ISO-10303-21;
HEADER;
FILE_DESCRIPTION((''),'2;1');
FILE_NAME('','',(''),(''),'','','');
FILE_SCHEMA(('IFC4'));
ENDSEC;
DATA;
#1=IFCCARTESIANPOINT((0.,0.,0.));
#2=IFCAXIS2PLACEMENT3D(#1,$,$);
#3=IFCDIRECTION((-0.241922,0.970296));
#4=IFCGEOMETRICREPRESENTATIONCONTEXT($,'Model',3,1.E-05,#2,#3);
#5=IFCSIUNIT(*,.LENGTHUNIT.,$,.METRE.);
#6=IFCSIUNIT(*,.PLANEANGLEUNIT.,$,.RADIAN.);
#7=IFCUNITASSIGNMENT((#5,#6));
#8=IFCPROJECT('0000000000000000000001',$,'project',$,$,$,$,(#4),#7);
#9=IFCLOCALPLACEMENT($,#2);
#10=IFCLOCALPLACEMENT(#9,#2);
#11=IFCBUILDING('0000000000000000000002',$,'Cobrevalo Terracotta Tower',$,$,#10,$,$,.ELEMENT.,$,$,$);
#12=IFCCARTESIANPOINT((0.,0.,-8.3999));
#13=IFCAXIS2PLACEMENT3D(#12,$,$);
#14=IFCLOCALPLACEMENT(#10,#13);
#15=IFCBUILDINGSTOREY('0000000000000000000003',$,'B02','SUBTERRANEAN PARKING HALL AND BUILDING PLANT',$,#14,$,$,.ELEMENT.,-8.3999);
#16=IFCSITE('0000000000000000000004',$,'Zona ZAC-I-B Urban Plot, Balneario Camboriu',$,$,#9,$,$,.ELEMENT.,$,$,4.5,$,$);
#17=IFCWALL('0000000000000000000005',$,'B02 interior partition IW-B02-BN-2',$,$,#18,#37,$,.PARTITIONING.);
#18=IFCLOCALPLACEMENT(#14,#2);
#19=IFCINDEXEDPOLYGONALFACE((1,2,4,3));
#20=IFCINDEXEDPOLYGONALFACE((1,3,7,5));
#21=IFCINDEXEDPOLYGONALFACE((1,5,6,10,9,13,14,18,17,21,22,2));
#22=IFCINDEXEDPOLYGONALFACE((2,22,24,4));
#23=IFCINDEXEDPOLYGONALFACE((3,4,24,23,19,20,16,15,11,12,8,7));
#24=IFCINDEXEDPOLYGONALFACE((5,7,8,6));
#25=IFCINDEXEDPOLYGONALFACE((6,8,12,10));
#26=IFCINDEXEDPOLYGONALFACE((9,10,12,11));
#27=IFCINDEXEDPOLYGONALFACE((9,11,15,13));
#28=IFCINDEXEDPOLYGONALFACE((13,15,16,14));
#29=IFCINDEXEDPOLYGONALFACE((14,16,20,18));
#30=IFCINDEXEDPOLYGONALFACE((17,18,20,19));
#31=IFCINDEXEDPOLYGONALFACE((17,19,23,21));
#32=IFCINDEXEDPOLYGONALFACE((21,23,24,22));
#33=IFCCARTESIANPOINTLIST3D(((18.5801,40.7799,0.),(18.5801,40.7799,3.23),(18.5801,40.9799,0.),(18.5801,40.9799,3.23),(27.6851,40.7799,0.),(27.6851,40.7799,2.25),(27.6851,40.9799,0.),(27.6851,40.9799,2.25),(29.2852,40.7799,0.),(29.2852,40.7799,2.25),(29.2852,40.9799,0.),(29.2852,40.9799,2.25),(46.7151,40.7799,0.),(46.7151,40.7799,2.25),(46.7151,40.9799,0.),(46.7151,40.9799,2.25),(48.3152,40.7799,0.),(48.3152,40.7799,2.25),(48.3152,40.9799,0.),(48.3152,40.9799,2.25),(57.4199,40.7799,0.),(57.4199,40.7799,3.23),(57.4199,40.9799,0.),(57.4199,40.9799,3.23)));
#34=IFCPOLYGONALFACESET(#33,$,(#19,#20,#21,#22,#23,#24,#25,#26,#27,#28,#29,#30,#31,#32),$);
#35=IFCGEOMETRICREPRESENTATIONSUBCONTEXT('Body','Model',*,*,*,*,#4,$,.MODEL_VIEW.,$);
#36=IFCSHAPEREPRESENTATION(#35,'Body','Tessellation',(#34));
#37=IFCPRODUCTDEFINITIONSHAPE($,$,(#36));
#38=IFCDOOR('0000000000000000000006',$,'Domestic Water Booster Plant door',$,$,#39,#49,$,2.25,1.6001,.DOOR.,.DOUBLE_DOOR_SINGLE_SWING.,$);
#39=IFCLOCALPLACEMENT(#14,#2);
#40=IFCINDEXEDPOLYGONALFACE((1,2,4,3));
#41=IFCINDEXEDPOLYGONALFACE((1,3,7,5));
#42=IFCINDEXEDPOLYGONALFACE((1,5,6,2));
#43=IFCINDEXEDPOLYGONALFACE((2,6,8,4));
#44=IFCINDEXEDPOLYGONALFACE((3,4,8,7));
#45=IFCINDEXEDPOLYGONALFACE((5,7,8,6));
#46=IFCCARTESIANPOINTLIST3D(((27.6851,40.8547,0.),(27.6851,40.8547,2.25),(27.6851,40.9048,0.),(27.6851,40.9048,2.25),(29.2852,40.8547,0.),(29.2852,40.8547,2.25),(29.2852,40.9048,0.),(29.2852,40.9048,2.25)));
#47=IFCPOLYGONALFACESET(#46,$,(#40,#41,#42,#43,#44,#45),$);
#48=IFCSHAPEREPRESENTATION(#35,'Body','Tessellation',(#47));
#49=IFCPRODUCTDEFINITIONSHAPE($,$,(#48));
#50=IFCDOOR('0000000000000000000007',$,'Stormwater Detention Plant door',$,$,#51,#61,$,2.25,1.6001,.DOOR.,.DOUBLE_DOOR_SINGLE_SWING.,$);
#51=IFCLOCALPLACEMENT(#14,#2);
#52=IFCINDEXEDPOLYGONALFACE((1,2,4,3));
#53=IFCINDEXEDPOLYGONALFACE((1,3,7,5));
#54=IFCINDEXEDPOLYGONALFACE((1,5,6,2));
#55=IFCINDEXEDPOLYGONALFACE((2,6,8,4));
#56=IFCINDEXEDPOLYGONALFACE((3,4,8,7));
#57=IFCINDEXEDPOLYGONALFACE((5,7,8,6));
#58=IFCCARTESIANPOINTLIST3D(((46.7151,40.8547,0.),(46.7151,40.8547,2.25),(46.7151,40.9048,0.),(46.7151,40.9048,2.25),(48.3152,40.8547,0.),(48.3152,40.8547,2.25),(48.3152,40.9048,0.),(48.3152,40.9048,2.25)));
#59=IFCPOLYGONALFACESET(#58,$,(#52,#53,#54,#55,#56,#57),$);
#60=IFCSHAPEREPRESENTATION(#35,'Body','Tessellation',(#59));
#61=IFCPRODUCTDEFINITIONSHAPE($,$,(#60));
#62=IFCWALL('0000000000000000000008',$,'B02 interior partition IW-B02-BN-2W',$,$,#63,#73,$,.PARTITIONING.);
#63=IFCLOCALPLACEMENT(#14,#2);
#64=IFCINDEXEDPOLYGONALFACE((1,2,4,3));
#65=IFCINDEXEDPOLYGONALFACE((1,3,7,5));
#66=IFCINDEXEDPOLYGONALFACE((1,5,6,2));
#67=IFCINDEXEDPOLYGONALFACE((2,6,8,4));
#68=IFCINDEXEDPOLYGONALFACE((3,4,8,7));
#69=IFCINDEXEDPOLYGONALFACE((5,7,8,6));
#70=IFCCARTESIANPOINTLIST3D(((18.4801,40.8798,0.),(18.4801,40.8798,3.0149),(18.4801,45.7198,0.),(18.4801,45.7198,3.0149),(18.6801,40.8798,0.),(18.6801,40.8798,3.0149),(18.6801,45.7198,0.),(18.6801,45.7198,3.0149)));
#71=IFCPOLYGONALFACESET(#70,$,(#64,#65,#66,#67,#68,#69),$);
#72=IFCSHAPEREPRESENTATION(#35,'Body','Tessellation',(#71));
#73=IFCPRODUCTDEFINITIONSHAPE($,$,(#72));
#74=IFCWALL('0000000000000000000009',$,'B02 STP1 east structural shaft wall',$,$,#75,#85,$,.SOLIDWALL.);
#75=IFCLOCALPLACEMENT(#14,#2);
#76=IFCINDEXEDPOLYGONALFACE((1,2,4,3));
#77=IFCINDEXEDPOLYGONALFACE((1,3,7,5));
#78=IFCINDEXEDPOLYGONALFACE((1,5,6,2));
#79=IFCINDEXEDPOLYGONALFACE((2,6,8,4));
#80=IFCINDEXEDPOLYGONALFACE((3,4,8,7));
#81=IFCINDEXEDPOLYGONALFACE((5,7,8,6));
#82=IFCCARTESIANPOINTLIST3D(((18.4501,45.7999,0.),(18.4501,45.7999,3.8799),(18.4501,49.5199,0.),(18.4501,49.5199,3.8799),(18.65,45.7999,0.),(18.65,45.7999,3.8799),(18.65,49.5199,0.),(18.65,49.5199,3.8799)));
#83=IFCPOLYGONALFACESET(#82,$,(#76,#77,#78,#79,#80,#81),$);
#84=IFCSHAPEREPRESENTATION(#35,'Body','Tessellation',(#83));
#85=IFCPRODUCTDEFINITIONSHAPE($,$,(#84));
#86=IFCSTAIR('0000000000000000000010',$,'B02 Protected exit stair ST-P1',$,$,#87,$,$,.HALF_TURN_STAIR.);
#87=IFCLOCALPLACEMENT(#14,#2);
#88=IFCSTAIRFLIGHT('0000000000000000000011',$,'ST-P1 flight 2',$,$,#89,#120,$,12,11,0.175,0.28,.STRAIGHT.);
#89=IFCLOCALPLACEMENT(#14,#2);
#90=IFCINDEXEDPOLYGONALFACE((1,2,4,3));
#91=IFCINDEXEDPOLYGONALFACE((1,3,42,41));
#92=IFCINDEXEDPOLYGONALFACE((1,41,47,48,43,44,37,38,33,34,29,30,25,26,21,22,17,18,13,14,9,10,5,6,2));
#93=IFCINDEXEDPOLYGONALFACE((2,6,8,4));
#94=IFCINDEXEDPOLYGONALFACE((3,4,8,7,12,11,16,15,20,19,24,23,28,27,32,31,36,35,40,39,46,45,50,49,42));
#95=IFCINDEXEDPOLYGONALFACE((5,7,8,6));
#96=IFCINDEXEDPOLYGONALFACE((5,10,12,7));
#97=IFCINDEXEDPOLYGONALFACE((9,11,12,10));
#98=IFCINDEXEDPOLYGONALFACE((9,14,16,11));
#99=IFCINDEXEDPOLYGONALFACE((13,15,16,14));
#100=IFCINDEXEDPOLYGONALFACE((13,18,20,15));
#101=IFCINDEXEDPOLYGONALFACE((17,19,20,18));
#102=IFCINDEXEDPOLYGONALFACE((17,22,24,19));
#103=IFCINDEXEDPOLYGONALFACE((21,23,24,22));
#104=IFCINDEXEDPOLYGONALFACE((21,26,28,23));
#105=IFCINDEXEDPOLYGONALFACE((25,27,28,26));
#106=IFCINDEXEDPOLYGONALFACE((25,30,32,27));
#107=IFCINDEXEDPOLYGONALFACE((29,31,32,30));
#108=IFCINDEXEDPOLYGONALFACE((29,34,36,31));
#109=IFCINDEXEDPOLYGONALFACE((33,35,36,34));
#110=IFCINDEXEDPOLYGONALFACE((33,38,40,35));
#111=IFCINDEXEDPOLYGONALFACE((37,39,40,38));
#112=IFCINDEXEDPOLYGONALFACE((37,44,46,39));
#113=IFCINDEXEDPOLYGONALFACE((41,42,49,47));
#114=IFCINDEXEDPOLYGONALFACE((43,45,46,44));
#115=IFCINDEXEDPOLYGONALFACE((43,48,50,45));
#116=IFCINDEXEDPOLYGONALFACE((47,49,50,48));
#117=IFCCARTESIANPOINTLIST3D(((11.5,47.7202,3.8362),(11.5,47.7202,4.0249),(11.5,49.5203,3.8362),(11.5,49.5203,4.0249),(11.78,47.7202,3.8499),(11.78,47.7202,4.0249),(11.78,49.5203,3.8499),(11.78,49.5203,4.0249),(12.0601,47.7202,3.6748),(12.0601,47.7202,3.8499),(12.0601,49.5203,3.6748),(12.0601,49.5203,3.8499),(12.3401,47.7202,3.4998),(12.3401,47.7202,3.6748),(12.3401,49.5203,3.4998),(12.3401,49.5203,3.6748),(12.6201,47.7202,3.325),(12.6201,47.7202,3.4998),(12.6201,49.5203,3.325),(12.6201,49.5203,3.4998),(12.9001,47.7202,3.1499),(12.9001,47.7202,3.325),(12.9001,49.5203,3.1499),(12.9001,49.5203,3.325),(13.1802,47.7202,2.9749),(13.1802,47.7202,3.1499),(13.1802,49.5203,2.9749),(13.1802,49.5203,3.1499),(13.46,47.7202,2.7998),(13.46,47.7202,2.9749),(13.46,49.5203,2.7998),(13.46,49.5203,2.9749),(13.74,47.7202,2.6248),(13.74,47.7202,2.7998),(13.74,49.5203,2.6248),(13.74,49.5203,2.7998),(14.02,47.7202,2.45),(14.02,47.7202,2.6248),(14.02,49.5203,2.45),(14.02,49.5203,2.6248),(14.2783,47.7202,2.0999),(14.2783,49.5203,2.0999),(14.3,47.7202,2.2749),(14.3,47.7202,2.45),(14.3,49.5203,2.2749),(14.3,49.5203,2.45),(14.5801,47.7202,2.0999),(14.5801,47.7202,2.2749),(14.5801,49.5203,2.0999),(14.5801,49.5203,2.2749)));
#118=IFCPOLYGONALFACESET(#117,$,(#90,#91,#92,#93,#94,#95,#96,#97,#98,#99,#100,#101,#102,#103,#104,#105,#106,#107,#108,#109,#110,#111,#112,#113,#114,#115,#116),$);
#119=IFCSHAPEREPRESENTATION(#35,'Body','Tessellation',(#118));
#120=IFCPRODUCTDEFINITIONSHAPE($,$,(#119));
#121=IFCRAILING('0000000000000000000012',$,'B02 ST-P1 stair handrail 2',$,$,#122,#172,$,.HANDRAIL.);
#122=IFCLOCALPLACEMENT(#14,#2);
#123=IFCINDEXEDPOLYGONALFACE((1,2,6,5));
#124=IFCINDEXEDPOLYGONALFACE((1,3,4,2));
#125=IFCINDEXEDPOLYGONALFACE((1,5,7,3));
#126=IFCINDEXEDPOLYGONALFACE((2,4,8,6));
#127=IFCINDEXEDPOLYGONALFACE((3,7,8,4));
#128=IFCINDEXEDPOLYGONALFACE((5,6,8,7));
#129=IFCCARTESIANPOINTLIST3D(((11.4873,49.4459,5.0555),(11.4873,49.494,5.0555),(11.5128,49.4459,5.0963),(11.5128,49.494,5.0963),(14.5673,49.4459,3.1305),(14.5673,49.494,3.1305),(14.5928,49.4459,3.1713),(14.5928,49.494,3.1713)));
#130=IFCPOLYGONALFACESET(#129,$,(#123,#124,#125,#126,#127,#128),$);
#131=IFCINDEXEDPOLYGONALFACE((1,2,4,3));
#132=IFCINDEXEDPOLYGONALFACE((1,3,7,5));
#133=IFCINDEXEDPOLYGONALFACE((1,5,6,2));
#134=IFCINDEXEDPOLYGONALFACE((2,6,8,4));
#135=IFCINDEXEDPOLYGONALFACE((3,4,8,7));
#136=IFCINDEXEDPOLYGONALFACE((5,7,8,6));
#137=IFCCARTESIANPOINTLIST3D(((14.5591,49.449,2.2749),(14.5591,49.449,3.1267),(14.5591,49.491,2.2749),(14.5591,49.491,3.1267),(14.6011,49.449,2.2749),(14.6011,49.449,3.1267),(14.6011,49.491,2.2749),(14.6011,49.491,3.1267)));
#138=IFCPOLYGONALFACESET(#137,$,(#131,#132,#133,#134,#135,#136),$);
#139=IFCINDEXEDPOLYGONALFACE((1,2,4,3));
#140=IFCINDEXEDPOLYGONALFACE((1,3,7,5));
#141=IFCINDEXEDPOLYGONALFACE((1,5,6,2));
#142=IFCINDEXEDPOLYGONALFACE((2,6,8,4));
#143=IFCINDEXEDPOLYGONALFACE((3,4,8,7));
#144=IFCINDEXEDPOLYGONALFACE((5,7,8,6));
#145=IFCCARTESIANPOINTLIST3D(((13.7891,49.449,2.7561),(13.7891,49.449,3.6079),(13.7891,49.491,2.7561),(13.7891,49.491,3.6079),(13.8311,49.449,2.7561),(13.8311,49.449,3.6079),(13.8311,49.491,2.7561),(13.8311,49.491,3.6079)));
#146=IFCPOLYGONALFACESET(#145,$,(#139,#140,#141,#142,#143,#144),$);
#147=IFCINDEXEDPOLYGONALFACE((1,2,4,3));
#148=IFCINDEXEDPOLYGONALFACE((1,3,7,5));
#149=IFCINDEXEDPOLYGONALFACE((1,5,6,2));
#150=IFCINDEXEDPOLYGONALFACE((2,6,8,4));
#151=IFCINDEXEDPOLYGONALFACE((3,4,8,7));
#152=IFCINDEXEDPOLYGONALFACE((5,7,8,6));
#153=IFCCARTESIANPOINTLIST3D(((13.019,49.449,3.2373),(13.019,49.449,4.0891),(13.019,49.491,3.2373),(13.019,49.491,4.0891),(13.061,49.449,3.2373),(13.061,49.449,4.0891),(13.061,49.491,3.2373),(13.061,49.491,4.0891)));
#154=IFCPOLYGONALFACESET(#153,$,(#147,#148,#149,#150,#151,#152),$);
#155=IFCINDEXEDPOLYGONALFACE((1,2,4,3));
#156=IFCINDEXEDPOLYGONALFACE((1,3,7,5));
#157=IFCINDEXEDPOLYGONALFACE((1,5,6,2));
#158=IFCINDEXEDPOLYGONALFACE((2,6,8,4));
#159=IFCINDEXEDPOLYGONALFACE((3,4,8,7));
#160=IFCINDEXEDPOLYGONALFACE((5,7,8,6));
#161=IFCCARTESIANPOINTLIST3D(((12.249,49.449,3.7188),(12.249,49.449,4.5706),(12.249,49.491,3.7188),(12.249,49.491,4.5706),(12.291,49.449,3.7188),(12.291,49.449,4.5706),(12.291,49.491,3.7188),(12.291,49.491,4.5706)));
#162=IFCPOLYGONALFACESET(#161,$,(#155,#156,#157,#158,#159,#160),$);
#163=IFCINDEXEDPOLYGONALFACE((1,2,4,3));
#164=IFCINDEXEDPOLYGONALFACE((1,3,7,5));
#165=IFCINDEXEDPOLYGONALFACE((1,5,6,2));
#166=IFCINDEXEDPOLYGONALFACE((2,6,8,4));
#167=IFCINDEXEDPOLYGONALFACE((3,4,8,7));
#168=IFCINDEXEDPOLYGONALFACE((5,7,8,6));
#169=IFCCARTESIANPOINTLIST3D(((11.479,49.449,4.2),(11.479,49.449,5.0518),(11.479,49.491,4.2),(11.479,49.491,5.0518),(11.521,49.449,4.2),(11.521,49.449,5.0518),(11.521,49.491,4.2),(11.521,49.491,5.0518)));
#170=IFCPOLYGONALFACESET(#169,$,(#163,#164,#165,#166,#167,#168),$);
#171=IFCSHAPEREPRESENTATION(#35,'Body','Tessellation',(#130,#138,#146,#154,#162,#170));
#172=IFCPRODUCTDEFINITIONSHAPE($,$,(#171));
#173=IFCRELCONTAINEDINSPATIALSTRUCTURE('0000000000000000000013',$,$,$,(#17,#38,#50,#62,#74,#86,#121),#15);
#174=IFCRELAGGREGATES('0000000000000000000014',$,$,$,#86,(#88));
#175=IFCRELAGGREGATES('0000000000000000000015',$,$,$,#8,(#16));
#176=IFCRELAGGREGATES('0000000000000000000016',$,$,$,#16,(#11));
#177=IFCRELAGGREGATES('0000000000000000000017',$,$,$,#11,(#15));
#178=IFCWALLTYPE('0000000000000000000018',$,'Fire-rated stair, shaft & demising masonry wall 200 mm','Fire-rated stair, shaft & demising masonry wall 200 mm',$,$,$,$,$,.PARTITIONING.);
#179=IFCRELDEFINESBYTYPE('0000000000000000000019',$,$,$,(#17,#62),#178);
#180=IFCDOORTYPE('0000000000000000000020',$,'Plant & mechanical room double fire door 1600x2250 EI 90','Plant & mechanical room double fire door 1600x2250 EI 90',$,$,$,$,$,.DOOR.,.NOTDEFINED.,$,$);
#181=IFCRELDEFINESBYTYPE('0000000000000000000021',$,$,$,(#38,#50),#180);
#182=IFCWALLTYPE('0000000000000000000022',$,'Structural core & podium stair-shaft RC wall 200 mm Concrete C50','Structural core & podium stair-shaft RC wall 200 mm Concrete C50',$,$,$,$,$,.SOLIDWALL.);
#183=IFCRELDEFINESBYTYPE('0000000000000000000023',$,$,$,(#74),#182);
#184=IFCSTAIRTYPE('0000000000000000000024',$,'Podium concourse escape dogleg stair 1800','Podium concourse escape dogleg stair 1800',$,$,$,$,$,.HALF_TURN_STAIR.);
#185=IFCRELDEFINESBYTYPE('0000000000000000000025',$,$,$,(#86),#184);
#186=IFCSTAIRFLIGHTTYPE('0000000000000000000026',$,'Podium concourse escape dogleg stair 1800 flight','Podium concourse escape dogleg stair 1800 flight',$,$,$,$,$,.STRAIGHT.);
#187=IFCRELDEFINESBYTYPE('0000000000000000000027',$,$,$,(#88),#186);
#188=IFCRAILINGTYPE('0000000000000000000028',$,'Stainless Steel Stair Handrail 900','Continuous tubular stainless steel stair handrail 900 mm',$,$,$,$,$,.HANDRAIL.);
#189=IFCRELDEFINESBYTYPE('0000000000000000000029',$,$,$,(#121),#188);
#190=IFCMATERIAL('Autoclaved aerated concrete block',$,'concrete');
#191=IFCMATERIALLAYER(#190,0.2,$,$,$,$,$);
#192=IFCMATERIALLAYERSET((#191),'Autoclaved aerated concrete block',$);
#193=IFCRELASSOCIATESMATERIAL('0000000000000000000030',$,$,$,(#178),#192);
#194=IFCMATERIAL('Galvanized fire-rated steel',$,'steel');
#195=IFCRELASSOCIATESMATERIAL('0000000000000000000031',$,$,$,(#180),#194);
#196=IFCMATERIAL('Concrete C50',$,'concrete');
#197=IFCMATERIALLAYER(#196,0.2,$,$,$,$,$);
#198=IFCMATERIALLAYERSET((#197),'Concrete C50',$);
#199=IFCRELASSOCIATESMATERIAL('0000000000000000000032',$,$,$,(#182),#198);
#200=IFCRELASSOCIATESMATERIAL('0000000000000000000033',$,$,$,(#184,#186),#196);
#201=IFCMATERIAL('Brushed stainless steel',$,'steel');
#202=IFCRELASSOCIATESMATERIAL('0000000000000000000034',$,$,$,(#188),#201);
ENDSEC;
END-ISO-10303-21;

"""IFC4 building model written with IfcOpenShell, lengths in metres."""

from ifc_helpers import new_model, si_unit, direction, frame, frame_2d, origin, origin_2d, place, context, subcontext, project, spatial, polyline, rectangle, outline, extrude, source, transform, mapped, material, layer, layer_set, type_object, element, fill, aggregate, save


model = new_model("IFC4")

# Units and contexts
model_context = context("Model", 3, precision=1e-05, world=origin(), true_north=direction((-0.241922, 0.970296)))
body_context = subcontext(model_context, "Body", "Model", "MODEL_VIEW")
ifc_project = project(units=[si_unit("LENGTHUNIT", "METRE"), si_unit("PLANEANGLEUNIT", "RADIAN")], contexts=[model_context])

# Site, building, storey
site_placement = place(None, origin())
site = spatial("IfcSite", under=ifc_project, at=site_placement, Name="Zona ZAC-I-B Urban Plot, Balneario Camboriu", CompositionType="ELEMENT", RefElevation=4.5)
building_placement = place(site_placement, origin())
building = spatial("IfcBuilding", under=site, at=building_placement, Name="Cobrevalo Terracotta Tower", CompositionType="ELEMENT")
storey_placement = place(building_placement, frame((0.0, 0.0, -8.3999)))
storey = spatial("IfcBuildingStorey", under=building, at=storey_placement, Name="B02", Description="SUBTERRANEAN PARKING HALL AND BUILDING PLANT", CompositionType="ELEMENT", Elevation=-8.3999)

# Shared definitions
ifc_material_1 = material(Name="Concrete C50", Category="concrete")

# Wall, openings, doors
ifc_material_2 = material(Name="Autoclaved aerated concrete block", Category="concrete")
ifc_layer_1 = layer(ifc_material_2, 0.2)
ifc_layer_set_1 = layer_set([ifc_layer_1], Name="Autoclaved aerated concrete block")
wall_type_1 = type_object("IfcWallType", Name="Fire-rated stair, shaft & demising masonry wall 200 mm", Description="Fire-rated stair, shaft & demising masonry wall 200 mm", PredefinedType="PARTITIONING", material=ifc_layer_set_1)
wall_1_placement = place(storey_placement, frame((18.5801, 40.8799, 0.0), z_axis=(0.0, 0.0, 1.0), x_axis=(1.0, 0.0, 0.0)))
wall_1 = element("IfcWall", 1, at=wall_1_placement, inside=storey, type_object=wall_type_1, Name="B02 interior partition IW-B02-BN-2", PredefinedType="PARTITIONING", context=body_context, shape_type="SweptSolid", body=[
    extrude(rectangle(XDim=38.8398, YDim=0.2, at=frame_2d((19.4199, 0.0))), origin(), (0.0, 0.0, 1.0), 3.23),
])
opening_1_placement = place(wall_1_placement, frame((9.105, 0.0, 0.0)))
opening_1 = element("IfcOpeningElement", 2, at=opening_1_placement, cuts=wall_1, PredefinedType="OPENING", context=body_context, shape_type="SweptSolid", body=[
    extrude(rectangle(XDim=1.6001, YDim=2.25, at=frame_2d((0.8, 1.125))), frame((0.0, 0.1099, 0.0), z_axis=(0.0, -1.0, 0.0), x_axis=(1.0, 0.0, 0.0)), (0.0, 0.0, 1.0), 0.22),
])
opening_2_placement = place(wall_1_placement, frame((28.135, 0.0, 0.0)))
opening_2 = element("IfcOpeningElement", 3, at=opening_2_placement, cuts=wall_1, PredefinedType="OPENING", context=body_context, shape_type="SweptSolid", body=[
    extrude(rectangle(XDim=1.6001, YDim=2.25, at=frame_2d((0.8, 1.125))), frame((0.0, 0.1099, 0.0), z_axis=(0.0, -1.0, 0.0), x_axis=(1.0, 0.0, 0.0)), (0.0, 0.0, 1.0), 0.22),
])
ifc_material_3 = material(Name="Galvanized fire-rated steel", Category="steel")
door_type = type_object("IfcDoorType", Name="Plant & mechanical room double fire door 1600x2250 EI 90", Description="Plant & mechanical room double fire door 1600x2250 EI 90", OperationType="NOTDEFINED", PredefinedType="DOOR", material=ifc_material_3)
shared_shape_1 = source(origin(), body_context, "Body", "SweptSolid", [
    extrude(rectangle(XDim=1.6001, YDim=2.25, at=frame_2d((0.8, 1.125))), frame((0.0, 0.0249, 0.0), z_axis=(0.0, -1.0, 0.0), x_axis=(1.0, 0.0, 0.0)), (0.0, 0.0, 1.0), 0.05),
])
door_1_placement = place(opening_1_placement, origin())
door_1 = element("IfcDoor", 4, at=door_1_placement, inside=storey, type_object=door_type, Name="Domestic Water Booster Plant door", OperationType="DOUBLE_DOOR_SINGLE_SWING", OverallHeight=2.25, OverallWidth=1.6001, PredefinedType="DOOR", context=body_context, shape_type="MappedRepresentation", body=[
    mapped(shared_shape_1, transform((0.0, 0.0, 0.0), scale=1.0)),
])
fill(opening_1, door_1)
door_2_placement = place(opening_2_placement, origin())
door_2 = element("IfcDoor", 5, at=door_2_placement, inside=storey, type_object=door_type, Name="Stormwater Detention Plant door", OperationType="DOUBLE_DOOR_SINGLE_SWING", OverallHeight=2.25, OverallWidth=1.6001, PredefinedType="DOOR", context=body_context, shape_type="MappedRepresentation", body=[
    mapped(shared_shape_1, transform((0.0, 0.0, 0.0), scale=1.0)),
])
fill(opening_2, door_2)

# Walls
wall_2_placement = place(storey_placement, frame((18.5801, 40.8799, 0.0), z_axis=(0.0, 0.0, 1.0), x_axis=(0.0, 1.0, 0.0)))
element("IfcWall", 6, at=wall_2_placement, inside=storey, type_object=wall_type_1, Name="B02 interior partition IW-B02-BN-2W", PredefinedType="PARTITIONING", context=body_context, shape_type="SweptSolid", body=[
    extrude(rectangle(XDim=4.8401, YDim=0.2, at=frame_2d((2.4199, 0.0))), origin(), (0.0, 0.0, 1.0), 3.0149),
])
ifc_layer_2 = layer(ifc_material_1, 0.2)
ifc_layer_set_2 = layer_set([ifc_layer_2], Name="Concrete C50")
wall_type_2 = type_object("IfcWallType", Name="Structural core & podium stair-shaft RC wall 200 mm Concrete C50", Description="Structural core & podium stair-shaft RC wall 200 mm Concrete C50", PredefinedType="SOLIDWALL", material=ifc_layer_set_2)
wall_3_placement = place(storey_placement, frame((18.55, 45.8, 0.0), z_axis=(0.0, 0.0, 1.0), x_axis=(0.0, 1.0, 0.0)))
element("IfcWall", 7, at=wall_3_placement, inside=storey, type_object=wall_type_2, Name="B02 STP1 east structural shaft wall", PredefinedType="SOLIDWALL", context=body_context, shape_type="SweptSolid", body=[
    extrude(rectangle(XDim=3.72, YDim=0.2, at=frame_2d((1.8599, 0.0))), origin(), (0.0, 0.0, 1.0), 3.8799),
])

# Stair, stair flight
stair_type = type_object("IfcStairType", Name="Podium concourse escape dogleg stair 1800", Description="Podium concourse escape dogleg stair 1800", PredefinedType="HALF_TURN_STAIR", material=ifc_material_1)
stair_placement = place(storey_placement, origin())
stair = element("IfcStair", 8, at=stair_placement, inside=storey, type_object=stair_type, Name="B02 Protected exit stair ST-P1", PredefinedType="HALF_TURN_STAIR")
stair_flight_type = type_object("IfcStairFlightType", Name="Podium concourse escape dogleg stair 1800 flight", Description="Podium concourse escape dogleg stair 1800 flight", PredefinedType="STRAIGHT", material=ifc_material_1)
stair_flight_placement = place(storey_placement, frame((14.5801, 48.6201, 2.0999), z_axis=(0.0, 0.0, 1.0), x_axis=(-1.0, 0.0, 0.0)))
stair_flight = element("IfcStairFlight", 9, at=stair_flight_placement, type_object=stair_flight_type, Name="ST-P1 flight 2", NumberOfRisers=12, NumberOfTreads=11, PredefinedType="STRAIGHT", RiserHeight=0.175, TreadLength=0.28, context=body_context, shape_type="SweptSolid", body=[
    extrude(outline(polyline([(0.0, 0.0), (0.0, 0.175), (0.28, 0.175), (0.28, 0.3501), (0.5601, 0.3501), (0.5601, 0.5249), (0.8401, 0.5249), (0.8401, 0.7), (1.1201, 0.7), (1.1201, 0.875), (1.3999, 0.875), (1.3999, 1.05), (1.6799, 1.05), (1.6799, 1.2251), (1.96, 1.2251), (1.96, 1.3999), (2.24, 1.3999), (2.24, 1.575), (2.52, 1.575), (2.52, 1.75), (2.8, 1.75), (2.8, 1.925), (3.0801, 1.925), (3.0801, 2.1001), (3.0801, 1.7363), (0.3018, 0.0), (0.0, 0.0)])), frame((0.0, 0.8999, 0.0), z_axis=(0.0, -1.0, 0.0), x_axis=(1.0, 0.0, 0.0)), (0.0, 0.0, 1.0), 1.8),
])
aggregate(stair, [stair_flight])

# Railing
ifc_material_4 = material(Name="Brushed stainless steel", Category="steel")
railing_type_1 = type_object("IfcRailingType", Name="Stainless Steel Stair Handrail 900", Description="Continuous tubular stainless steel stair handrail 900 mm", PredefinedType="HANDRAIL", material=ifc_material_4)
railing_1_placement = place(storey_placement, frame((14.5801, 49.47, 2.2749)))
element("IfcRailing", 10, at=railing_1_placement, inside=storey, type_object=railing_type_1, Name="B02 ST-P1 stair handrail 2", PredefinedType="HANDRAIL", context=body_context, shape_type="SweptSolid", body=[
    extrude(rectangle(XDim=0.0481, YDim=0.0481, at=origin_2d()), frame((0.0, 0.0, 0.876), z_axis=(-0.847998, 0.0, 0.529999), x_axis=(0.0, -1.0, 0.0)), (0.0, 0.0, 1.0), 3.6321),
    extrude(rectangle(XDim=0.042, YDim=0.042, at=origin_2d()), origin(), (0.0, 0.0, 1.0), 0.8518),
    extrude(rectangle(XDim=0.042, YDim=0.042, at=origin_2d()), frame((-0.77, 0.0, 0.4812)), (0.0, 0.0, 1.0), 0.8518),
    extrude(rectangle(XDim=0.042, YDim=0.042, at=origin_2d()), frame((-1.54, 0.0, 0.9624)), (0.0, 0.0, 1.0), 0.8518),
    extrude(rectangle(XDim=0.042, YDim=0.042, at=origin_2d()), frame((-2.3101, 0.0, 1.4438)), (0.0, 0.0, 1.0), 0.8518),
    extrude(rectangle(XDim=0.042, YDim=0.042, at=origin_2d()), frame((-3.0801, 0.0, 1.925)), (0.0, 0.0, 1.0), 0.8518),
])

save(model, "model.ifc")
